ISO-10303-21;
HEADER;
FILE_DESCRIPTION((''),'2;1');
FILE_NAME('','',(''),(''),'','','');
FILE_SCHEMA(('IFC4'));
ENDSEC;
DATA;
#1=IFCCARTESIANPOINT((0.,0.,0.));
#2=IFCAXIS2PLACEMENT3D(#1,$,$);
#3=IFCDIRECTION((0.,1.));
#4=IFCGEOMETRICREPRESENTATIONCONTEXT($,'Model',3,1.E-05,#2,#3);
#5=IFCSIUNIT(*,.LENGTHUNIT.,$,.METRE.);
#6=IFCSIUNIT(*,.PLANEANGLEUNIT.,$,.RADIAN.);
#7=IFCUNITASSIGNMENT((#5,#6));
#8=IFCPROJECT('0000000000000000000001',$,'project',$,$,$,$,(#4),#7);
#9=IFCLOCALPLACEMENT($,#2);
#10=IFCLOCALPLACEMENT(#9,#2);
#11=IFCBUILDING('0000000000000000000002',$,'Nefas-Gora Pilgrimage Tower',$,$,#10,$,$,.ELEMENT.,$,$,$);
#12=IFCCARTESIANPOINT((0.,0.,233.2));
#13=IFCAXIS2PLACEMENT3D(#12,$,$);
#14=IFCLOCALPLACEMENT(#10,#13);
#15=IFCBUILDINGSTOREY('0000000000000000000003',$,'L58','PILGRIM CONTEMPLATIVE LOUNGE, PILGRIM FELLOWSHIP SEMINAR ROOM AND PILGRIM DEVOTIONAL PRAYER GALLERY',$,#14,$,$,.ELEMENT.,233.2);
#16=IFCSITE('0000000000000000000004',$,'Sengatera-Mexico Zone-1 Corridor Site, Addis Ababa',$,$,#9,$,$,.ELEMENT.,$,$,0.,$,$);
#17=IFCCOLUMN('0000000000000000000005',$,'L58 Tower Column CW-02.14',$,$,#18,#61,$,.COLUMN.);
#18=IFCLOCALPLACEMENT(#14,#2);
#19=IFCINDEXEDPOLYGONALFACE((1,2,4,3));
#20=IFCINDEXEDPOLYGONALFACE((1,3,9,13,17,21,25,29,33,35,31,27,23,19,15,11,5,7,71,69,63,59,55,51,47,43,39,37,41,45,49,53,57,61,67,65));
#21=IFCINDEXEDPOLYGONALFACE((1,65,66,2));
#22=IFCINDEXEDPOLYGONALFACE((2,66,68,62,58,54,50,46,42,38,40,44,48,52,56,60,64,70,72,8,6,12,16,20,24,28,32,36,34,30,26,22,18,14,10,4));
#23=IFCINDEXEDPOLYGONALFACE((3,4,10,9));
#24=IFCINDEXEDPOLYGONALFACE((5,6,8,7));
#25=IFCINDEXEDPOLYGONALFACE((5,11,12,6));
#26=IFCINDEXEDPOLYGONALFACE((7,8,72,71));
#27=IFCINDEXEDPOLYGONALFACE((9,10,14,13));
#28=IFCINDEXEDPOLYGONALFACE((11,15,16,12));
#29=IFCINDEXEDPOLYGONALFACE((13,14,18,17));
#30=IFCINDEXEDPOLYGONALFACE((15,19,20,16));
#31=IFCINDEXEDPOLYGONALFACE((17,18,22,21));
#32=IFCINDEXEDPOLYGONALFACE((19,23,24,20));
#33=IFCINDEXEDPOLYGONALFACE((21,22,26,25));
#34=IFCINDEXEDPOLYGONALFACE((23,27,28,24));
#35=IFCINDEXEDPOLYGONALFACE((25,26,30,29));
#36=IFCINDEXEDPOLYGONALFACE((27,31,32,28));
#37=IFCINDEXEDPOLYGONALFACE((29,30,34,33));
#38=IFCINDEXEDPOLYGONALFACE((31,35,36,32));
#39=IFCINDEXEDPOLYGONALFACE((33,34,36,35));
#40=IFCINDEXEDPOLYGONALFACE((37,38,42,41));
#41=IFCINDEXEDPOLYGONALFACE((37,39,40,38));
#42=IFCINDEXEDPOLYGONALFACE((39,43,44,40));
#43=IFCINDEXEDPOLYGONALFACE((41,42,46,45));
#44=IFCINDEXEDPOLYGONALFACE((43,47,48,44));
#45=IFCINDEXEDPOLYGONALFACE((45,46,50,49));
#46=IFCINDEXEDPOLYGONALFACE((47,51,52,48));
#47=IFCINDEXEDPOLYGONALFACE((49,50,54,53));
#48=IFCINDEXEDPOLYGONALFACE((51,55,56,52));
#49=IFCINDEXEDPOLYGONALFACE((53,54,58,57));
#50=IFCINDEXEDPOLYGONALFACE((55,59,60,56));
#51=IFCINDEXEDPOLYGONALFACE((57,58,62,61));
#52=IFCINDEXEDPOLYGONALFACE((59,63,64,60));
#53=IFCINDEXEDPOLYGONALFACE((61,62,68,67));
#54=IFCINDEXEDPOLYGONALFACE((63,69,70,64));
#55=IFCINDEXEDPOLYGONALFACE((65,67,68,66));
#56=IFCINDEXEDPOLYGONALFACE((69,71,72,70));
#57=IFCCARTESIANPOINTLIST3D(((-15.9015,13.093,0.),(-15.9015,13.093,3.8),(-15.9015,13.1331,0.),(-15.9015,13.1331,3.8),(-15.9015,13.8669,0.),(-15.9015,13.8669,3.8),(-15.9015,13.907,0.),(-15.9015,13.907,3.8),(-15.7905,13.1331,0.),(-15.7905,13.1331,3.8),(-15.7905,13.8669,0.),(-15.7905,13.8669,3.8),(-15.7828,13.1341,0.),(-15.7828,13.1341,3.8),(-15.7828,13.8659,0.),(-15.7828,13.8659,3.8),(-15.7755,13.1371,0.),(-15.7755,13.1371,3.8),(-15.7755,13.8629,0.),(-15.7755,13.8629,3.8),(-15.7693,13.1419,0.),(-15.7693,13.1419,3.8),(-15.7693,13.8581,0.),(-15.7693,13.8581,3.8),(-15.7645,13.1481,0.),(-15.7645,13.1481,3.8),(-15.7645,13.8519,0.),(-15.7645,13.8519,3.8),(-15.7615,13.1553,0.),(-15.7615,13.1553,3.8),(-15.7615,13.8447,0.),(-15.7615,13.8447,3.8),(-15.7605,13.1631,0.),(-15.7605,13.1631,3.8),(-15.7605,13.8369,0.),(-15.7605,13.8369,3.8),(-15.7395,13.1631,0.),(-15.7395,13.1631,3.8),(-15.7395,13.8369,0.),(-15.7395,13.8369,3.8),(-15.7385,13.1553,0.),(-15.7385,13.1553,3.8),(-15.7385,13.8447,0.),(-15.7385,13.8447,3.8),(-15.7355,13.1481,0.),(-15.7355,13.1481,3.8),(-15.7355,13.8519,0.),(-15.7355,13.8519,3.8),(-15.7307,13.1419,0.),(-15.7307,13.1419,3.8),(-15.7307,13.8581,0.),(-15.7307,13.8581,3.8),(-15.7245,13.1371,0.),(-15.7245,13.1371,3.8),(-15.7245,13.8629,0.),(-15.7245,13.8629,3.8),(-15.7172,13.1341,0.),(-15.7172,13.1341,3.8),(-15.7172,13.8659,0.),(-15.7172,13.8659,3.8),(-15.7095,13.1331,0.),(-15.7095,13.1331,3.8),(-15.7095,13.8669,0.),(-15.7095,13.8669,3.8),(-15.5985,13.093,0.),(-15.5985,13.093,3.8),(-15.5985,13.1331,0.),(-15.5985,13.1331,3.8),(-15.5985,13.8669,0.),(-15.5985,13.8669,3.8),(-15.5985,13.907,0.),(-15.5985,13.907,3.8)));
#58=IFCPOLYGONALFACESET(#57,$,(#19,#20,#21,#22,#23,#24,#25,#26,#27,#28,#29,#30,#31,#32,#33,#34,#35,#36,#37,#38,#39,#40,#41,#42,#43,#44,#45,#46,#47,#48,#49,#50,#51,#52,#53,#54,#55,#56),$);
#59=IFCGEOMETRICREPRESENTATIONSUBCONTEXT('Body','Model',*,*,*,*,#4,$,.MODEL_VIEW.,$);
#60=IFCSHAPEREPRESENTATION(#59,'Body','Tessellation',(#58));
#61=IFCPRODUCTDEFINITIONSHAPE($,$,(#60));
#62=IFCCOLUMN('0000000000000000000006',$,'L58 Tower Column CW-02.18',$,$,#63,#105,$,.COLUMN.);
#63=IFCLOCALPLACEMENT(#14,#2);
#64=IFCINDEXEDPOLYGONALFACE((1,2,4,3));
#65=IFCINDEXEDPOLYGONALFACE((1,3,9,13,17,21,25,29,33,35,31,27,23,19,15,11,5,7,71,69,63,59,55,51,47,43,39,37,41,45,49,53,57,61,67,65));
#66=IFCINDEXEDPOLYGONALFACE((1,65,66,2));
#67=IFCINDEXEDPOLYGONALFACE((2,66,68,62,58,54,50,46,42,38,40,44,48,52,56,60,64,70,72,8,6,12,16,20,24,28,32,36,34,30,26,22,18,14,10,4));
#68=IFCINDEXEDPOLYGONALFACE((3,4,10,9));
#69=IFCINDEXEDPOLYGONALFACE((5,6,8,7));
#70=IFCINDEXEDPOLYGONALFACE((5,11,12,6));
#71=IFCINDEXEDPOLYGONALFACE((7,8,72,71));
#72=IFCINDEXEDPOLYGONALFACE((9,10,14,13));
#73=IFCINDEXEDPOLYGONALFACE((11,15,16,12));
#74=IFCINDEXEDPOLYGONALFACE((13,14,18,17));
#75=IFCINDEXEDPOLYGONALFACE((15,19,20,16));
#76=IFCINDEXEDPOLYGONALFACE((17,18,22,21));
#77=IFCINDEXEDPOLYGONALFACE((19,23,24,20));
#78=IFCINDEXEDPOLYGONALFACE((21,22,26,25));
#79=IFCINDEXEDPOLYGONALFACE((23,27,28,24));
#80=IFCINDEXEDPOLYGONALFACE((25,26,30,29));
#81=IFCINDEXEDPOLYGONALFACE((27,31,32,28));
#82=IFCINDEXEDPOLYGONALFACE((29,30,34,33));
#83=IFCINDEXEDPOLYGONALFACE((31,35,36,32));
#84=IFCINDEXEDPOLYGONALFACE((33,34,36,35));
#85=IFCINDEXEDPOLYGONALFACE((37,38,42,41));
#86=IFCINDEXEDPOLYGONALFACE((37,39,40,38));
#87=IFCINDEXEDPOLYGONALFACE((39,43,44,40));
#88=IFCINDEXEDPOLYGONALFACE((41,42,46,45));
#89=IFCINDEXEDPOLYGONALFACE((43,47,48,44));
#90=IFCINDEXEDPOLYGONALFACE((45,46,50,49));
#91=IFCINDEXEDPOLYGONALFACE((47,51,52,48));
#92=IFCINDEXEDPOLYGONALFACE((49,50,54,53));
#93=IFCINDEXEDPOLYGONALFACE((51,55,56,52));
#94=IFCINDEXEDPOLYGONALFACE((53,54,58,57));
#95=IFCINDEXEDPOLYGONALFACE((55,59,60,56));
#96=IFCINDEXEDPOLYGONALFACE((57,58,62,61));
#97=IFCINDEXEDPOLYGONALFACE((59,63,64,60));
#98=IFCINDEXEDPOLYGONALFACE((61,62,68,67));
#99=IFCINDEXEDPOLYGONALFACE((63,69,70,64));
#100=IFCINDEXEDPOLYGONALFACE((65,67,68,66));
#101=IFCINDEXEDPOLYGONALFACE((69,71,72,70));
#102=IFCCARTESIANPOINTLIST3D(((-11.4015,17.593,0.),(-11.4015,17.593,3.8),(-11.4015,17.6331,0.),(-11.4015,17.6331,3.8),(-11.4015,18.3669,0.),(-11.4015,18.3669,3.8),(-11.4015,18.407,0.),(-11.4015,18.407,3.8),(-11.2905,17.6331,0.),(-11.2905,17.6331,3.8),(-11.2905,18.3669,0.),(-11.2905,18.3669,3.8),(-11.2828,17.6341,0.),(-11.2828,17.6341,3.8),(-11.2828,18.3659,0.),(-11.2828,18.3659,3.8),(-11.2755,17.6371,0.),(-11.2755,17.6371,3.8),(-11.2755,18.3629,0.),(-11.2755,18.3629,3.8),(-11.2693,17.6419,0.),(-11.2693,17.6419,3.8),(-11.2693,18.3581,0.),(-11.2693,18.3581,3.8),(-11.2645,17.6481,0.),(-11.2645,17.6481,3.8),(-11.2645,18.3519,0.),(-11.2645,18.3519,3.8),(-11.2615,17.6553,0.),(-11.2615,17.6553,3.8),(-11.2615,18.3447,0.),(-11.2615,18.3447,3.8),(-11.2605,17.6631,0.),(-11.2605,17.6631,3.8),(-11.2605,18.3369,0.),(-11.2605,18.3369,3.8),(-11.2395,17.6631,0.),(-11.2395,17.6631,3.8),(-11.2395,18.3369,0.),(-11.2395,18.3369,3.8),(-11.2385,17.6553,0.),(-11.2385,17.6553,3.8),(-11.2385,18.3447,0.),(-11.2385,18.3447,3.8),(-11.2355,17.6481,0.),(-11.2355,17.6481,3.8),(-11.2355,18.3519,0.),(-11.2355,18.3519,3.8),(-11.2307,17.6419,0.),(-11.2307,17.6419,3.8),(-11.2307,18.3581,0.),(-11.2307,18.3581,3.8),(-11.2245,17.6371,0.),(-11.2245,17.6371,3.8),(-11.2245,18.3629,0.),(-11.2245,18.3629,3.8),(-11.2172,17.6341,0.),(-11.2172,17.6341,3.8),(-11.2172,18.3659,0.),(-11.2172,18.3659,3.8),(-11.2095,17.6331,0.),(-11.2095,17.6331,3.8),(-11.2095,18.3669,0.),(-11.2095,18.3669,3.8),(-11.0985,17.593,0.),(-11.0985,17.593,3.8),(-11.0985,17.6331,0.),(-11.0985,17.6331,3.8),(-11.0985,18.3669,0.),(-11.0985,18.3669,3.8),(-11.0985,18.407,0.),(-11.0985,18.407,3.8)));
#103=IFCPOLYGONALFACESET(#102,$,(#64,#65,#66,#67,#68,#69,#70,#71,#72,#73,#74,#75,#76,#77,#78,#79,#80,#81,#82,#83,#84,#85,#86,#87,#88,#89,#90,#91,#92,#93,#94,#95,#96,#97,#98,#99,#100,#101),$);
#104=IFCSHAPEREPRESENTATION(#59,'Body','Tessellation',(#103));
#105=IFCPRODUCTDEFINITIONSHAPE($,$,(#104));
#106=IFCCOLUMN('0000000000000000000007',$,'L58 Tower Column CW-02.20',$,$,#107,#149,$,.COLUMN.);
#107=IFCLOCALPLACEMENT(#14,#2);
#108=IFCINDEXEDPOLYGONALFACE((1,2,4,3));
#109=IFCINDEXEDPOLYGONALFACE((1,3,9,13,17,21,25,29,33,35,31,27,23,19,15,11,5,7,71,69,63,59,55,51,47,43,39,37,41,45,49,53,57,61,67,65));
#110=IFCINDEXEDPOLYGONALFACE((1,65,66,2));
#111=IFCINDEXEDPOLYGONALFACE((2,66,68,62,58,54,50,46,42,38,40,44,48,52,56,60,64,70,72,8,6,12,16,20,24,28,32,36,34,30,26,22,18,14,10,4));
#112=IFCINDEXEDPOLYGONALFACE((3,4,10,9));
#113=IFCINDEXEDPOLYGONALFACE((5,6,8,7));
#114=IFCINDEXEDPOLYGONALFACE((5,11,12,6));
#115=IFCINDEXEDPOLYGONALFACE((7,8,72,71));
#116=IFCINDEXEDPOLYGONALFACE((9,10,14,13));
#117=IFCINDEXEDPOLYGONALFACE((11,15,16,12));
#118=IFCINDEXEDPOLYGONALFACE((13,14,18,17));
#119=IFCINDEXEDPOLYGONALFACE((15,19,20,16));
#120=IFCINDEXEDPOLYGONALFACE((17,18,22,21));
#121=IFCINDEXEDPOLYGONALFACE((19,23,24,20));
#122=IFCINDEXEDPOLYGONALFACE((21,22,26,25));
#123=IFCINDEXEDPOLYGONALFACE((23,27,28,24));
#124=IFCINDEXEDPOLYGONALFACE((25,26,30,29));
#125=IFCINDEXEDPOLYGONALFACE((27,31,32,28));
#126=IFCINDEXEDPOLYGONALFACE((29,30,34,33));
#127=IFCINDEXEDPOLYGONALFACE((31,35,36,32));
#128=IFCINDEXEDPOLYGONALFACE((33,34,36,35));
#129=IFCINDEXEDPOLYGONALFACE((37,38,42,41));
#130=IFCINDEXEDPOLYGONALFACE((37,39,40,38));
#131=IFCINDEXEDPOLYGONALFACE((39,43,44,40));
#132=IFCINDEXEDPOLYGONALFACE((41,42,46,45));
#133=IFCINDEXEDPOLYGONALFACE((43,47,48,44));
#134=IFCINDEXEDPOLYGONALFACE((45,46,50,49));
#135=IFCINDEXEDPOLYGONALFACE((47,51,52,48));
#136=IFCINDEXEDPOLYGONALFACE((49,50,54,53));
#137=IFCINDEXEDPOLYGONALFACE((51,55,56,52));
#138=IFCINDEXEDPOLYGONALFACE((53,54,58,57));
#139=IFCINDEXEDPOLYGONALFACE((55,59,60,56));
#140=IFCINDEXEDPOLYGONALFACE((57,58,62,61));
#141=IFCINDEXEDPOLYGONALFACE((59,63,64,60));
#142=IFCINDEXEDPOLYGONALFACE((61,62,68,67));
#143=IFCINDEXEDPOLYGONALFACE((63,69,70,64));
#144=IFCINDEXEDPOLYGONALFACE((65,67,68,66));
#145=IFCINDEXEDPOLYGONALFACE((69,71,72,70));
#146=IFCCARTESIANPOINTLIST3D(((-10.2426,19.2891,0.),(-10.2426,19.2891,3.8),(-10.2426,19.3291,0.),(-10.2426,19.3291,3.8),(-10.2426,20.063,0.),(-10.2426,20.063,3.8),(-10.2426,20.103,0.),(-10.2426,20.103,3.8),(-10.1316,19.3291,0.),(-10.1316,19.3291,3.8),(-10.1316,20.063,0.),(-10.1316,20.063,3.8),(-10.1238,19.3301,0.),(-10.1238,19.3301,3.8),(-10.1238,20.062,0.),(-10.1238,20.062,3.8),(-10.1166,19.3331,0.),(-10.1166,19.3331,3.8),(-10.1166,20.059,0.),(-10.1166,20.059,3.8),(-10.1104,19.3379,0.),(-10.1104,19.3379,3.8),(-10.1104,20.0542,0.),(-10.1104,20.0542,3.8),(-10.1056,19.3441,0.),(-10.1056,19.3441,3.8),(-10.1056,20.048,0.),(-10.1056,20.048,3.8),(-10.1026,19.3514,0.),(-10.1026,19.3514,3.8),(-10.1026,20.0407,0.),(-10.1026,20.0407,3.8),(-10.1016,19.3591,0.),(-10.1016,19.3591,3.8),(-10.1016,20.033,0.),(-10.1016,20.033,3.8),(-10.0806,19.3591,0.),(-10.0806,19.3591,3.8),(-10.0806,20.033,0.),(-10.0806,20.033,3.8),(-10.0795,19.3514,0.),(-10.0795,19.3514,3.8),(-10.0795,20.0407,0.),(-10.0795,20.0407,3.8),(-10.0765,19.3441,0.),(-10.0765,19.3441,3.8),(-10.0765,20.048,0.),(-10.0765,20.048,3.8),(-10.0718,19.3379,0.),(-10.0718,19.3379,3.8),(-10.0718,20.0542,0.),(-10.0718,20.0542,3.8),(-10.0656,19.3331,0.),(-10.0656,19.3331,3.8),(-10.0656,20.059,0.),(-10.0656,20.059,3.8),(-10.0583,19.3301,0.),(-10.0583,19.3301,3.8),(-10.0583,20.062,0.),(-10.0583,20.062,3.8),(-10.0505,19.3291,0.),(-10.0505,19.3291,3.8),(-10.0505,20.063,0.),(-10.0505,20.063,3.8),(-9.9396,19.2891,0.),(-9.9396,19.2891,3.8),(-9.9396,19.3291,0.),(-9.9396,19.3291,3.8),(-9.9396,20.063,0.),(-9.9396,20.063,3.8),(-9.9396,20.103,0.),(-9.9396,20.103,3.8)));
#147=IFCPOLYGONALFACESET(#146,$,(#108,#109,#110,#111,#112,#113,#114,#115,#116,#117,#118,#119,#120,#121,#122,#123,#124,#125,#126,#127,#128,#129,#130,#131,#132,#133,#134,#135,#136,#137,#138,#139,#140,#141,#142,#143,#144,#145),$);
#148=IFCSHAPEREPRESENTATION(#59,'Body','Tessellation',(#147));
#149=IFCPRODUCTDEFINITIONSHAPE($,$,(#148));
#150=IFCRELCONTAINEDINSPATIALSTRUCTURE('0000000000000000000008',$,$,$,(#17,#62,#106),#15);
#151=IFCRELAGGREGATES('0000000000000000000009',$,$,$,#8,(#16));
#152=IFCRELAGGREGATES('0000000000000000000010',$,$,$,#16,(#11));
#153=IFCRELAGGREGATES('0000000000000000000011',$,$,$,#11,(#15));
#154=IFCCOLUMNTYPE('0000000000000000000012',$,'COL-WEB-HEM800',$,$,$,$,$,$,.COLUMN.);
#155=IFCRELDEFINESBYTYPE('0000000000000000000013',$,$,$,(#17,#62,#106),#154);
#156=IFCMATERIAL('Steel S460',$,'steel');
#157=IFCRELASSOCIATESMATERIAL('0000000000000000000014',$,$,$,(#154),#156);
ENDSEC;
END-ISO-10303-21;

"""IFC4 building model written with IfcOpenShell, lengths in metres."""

from ifc_helpers import new_model, si_unit, direction, frame, origin, origin_2d, place, context, subcontext, project, spatial, i_section, extrude, source, transform, mapped, material, material_profile, profile_set, type_object, element, save


model = new_model("IFC4")

# Units and contexts
model_context = context("Model", 3, precision=1e-05, world=origin(), true_north=direction((0.0, 1.0)))
body_context = subcontext(model_context, "Body", "Model", "MODEL_VIEW")
ifc_project = project(units=[si_unit("LENGTHUNIT", "METRE"), si_unit("PLANEANGLEUNIT", "RADIAN")], contexts=[model_context])

# Site, building, storey
site_placement = place(None, origin())
site = spatial("IfcSite", under=ifc_project, at=site_placement, Name="Sengatera-Mexico Zone-1 Corridor Site, Addis Ababa", CompositionType="ELEMENT", RefElevation=0.0)
building_placement = place(site_placement, origin())
building = spatial("IfcBuilding", under=site, at=building_placement, Name="Nefas-Gora Pilgrimage Tower", CompositionType="ELEMENT")
storey_placement = place(building_placement, frame((0.0, 0.0, 233.2)))
storey = spatial("IfcBuildingStorey", under=building, at=storey_placement, Name="L58", Description="PILGRIM CONTEMPLATIVE LOUNGE, PILGRIM FELLOWSHIP SEMINAR ROOM AND PILGRIM DEVOTIONAL PRAYER GALLERY", CompositionType="ELEMENT", Elevation=233.2)

# Columns
ifc_material_1 = material(Name="Steel S460", Category="steel")
ifc_material_profile_1 = material_profile(ifc_material_1, i_section(OverallWidth=0.303, OverallDepth=0.814, WebThickness=0.021, FlangeThickness=0.04, FilletRadius=0.03, at=origin_2d()), Name="HEM 800")
ifc_profile_set_1 = profile_set([ifc_material_profile_1], Name="Steel S460")
column_type_1 = type_object("IfcColumnType", Name="COL-WEB-HEM800", PredefinedType="COLUMN", material=ifc_profile_set_1)
shared_shape_1 = source(origin(), body_context, "Body", "SweptSolid", [
    extrude(i_section(OverallWidth=0.303, OverallDepth=0.814, WebThickness=0.021, FlangeThickness=0.04, FilletRadius=0.03, at=origin_2d()), origin(), (0.0, 0.0, 1.0), 3.8),
])
for number, where, z_axis, x_axis, name in (
    (1, (-15.75, 13.5, 0.0), (0.0, 0.0, 1.0), (1.0, 0.0, 0.0), "L58 Tower Column CW-02.14"),
    (2, (-11.25, 18.0, 0.0), (0.0, 0.0, 1.0), (1.0, 0.0, 0.0), "L58 Tower Column CW-02.18"),
    (3, (-10.0911, 19.696, 0.0), (0.0, 0.0, 1.0), (1.0, 0.0, 0.0), "L58 Tower Column CW-02.20"),
):
    element("IfcColumn", number, at=place(storey_placement, frame(where, z_axis=z_axis, x_axis=x_axis)), inside=storey, type_object=column_type_1, Name=name, PredefinedType="COLUMN", context=body_context, shape_type="MappedRepresentation", body=[
        mapped(shared_shape_1, transform((0.0, 0.0, 0.0), x_axis=(1.0, 0.0, 0.0), y_axis=(0.0, 1.0, 0.0), z_axis=(0.0, 0.0, 1.0), scale=1.0)),
    ])

save(model, "model.ifc")
